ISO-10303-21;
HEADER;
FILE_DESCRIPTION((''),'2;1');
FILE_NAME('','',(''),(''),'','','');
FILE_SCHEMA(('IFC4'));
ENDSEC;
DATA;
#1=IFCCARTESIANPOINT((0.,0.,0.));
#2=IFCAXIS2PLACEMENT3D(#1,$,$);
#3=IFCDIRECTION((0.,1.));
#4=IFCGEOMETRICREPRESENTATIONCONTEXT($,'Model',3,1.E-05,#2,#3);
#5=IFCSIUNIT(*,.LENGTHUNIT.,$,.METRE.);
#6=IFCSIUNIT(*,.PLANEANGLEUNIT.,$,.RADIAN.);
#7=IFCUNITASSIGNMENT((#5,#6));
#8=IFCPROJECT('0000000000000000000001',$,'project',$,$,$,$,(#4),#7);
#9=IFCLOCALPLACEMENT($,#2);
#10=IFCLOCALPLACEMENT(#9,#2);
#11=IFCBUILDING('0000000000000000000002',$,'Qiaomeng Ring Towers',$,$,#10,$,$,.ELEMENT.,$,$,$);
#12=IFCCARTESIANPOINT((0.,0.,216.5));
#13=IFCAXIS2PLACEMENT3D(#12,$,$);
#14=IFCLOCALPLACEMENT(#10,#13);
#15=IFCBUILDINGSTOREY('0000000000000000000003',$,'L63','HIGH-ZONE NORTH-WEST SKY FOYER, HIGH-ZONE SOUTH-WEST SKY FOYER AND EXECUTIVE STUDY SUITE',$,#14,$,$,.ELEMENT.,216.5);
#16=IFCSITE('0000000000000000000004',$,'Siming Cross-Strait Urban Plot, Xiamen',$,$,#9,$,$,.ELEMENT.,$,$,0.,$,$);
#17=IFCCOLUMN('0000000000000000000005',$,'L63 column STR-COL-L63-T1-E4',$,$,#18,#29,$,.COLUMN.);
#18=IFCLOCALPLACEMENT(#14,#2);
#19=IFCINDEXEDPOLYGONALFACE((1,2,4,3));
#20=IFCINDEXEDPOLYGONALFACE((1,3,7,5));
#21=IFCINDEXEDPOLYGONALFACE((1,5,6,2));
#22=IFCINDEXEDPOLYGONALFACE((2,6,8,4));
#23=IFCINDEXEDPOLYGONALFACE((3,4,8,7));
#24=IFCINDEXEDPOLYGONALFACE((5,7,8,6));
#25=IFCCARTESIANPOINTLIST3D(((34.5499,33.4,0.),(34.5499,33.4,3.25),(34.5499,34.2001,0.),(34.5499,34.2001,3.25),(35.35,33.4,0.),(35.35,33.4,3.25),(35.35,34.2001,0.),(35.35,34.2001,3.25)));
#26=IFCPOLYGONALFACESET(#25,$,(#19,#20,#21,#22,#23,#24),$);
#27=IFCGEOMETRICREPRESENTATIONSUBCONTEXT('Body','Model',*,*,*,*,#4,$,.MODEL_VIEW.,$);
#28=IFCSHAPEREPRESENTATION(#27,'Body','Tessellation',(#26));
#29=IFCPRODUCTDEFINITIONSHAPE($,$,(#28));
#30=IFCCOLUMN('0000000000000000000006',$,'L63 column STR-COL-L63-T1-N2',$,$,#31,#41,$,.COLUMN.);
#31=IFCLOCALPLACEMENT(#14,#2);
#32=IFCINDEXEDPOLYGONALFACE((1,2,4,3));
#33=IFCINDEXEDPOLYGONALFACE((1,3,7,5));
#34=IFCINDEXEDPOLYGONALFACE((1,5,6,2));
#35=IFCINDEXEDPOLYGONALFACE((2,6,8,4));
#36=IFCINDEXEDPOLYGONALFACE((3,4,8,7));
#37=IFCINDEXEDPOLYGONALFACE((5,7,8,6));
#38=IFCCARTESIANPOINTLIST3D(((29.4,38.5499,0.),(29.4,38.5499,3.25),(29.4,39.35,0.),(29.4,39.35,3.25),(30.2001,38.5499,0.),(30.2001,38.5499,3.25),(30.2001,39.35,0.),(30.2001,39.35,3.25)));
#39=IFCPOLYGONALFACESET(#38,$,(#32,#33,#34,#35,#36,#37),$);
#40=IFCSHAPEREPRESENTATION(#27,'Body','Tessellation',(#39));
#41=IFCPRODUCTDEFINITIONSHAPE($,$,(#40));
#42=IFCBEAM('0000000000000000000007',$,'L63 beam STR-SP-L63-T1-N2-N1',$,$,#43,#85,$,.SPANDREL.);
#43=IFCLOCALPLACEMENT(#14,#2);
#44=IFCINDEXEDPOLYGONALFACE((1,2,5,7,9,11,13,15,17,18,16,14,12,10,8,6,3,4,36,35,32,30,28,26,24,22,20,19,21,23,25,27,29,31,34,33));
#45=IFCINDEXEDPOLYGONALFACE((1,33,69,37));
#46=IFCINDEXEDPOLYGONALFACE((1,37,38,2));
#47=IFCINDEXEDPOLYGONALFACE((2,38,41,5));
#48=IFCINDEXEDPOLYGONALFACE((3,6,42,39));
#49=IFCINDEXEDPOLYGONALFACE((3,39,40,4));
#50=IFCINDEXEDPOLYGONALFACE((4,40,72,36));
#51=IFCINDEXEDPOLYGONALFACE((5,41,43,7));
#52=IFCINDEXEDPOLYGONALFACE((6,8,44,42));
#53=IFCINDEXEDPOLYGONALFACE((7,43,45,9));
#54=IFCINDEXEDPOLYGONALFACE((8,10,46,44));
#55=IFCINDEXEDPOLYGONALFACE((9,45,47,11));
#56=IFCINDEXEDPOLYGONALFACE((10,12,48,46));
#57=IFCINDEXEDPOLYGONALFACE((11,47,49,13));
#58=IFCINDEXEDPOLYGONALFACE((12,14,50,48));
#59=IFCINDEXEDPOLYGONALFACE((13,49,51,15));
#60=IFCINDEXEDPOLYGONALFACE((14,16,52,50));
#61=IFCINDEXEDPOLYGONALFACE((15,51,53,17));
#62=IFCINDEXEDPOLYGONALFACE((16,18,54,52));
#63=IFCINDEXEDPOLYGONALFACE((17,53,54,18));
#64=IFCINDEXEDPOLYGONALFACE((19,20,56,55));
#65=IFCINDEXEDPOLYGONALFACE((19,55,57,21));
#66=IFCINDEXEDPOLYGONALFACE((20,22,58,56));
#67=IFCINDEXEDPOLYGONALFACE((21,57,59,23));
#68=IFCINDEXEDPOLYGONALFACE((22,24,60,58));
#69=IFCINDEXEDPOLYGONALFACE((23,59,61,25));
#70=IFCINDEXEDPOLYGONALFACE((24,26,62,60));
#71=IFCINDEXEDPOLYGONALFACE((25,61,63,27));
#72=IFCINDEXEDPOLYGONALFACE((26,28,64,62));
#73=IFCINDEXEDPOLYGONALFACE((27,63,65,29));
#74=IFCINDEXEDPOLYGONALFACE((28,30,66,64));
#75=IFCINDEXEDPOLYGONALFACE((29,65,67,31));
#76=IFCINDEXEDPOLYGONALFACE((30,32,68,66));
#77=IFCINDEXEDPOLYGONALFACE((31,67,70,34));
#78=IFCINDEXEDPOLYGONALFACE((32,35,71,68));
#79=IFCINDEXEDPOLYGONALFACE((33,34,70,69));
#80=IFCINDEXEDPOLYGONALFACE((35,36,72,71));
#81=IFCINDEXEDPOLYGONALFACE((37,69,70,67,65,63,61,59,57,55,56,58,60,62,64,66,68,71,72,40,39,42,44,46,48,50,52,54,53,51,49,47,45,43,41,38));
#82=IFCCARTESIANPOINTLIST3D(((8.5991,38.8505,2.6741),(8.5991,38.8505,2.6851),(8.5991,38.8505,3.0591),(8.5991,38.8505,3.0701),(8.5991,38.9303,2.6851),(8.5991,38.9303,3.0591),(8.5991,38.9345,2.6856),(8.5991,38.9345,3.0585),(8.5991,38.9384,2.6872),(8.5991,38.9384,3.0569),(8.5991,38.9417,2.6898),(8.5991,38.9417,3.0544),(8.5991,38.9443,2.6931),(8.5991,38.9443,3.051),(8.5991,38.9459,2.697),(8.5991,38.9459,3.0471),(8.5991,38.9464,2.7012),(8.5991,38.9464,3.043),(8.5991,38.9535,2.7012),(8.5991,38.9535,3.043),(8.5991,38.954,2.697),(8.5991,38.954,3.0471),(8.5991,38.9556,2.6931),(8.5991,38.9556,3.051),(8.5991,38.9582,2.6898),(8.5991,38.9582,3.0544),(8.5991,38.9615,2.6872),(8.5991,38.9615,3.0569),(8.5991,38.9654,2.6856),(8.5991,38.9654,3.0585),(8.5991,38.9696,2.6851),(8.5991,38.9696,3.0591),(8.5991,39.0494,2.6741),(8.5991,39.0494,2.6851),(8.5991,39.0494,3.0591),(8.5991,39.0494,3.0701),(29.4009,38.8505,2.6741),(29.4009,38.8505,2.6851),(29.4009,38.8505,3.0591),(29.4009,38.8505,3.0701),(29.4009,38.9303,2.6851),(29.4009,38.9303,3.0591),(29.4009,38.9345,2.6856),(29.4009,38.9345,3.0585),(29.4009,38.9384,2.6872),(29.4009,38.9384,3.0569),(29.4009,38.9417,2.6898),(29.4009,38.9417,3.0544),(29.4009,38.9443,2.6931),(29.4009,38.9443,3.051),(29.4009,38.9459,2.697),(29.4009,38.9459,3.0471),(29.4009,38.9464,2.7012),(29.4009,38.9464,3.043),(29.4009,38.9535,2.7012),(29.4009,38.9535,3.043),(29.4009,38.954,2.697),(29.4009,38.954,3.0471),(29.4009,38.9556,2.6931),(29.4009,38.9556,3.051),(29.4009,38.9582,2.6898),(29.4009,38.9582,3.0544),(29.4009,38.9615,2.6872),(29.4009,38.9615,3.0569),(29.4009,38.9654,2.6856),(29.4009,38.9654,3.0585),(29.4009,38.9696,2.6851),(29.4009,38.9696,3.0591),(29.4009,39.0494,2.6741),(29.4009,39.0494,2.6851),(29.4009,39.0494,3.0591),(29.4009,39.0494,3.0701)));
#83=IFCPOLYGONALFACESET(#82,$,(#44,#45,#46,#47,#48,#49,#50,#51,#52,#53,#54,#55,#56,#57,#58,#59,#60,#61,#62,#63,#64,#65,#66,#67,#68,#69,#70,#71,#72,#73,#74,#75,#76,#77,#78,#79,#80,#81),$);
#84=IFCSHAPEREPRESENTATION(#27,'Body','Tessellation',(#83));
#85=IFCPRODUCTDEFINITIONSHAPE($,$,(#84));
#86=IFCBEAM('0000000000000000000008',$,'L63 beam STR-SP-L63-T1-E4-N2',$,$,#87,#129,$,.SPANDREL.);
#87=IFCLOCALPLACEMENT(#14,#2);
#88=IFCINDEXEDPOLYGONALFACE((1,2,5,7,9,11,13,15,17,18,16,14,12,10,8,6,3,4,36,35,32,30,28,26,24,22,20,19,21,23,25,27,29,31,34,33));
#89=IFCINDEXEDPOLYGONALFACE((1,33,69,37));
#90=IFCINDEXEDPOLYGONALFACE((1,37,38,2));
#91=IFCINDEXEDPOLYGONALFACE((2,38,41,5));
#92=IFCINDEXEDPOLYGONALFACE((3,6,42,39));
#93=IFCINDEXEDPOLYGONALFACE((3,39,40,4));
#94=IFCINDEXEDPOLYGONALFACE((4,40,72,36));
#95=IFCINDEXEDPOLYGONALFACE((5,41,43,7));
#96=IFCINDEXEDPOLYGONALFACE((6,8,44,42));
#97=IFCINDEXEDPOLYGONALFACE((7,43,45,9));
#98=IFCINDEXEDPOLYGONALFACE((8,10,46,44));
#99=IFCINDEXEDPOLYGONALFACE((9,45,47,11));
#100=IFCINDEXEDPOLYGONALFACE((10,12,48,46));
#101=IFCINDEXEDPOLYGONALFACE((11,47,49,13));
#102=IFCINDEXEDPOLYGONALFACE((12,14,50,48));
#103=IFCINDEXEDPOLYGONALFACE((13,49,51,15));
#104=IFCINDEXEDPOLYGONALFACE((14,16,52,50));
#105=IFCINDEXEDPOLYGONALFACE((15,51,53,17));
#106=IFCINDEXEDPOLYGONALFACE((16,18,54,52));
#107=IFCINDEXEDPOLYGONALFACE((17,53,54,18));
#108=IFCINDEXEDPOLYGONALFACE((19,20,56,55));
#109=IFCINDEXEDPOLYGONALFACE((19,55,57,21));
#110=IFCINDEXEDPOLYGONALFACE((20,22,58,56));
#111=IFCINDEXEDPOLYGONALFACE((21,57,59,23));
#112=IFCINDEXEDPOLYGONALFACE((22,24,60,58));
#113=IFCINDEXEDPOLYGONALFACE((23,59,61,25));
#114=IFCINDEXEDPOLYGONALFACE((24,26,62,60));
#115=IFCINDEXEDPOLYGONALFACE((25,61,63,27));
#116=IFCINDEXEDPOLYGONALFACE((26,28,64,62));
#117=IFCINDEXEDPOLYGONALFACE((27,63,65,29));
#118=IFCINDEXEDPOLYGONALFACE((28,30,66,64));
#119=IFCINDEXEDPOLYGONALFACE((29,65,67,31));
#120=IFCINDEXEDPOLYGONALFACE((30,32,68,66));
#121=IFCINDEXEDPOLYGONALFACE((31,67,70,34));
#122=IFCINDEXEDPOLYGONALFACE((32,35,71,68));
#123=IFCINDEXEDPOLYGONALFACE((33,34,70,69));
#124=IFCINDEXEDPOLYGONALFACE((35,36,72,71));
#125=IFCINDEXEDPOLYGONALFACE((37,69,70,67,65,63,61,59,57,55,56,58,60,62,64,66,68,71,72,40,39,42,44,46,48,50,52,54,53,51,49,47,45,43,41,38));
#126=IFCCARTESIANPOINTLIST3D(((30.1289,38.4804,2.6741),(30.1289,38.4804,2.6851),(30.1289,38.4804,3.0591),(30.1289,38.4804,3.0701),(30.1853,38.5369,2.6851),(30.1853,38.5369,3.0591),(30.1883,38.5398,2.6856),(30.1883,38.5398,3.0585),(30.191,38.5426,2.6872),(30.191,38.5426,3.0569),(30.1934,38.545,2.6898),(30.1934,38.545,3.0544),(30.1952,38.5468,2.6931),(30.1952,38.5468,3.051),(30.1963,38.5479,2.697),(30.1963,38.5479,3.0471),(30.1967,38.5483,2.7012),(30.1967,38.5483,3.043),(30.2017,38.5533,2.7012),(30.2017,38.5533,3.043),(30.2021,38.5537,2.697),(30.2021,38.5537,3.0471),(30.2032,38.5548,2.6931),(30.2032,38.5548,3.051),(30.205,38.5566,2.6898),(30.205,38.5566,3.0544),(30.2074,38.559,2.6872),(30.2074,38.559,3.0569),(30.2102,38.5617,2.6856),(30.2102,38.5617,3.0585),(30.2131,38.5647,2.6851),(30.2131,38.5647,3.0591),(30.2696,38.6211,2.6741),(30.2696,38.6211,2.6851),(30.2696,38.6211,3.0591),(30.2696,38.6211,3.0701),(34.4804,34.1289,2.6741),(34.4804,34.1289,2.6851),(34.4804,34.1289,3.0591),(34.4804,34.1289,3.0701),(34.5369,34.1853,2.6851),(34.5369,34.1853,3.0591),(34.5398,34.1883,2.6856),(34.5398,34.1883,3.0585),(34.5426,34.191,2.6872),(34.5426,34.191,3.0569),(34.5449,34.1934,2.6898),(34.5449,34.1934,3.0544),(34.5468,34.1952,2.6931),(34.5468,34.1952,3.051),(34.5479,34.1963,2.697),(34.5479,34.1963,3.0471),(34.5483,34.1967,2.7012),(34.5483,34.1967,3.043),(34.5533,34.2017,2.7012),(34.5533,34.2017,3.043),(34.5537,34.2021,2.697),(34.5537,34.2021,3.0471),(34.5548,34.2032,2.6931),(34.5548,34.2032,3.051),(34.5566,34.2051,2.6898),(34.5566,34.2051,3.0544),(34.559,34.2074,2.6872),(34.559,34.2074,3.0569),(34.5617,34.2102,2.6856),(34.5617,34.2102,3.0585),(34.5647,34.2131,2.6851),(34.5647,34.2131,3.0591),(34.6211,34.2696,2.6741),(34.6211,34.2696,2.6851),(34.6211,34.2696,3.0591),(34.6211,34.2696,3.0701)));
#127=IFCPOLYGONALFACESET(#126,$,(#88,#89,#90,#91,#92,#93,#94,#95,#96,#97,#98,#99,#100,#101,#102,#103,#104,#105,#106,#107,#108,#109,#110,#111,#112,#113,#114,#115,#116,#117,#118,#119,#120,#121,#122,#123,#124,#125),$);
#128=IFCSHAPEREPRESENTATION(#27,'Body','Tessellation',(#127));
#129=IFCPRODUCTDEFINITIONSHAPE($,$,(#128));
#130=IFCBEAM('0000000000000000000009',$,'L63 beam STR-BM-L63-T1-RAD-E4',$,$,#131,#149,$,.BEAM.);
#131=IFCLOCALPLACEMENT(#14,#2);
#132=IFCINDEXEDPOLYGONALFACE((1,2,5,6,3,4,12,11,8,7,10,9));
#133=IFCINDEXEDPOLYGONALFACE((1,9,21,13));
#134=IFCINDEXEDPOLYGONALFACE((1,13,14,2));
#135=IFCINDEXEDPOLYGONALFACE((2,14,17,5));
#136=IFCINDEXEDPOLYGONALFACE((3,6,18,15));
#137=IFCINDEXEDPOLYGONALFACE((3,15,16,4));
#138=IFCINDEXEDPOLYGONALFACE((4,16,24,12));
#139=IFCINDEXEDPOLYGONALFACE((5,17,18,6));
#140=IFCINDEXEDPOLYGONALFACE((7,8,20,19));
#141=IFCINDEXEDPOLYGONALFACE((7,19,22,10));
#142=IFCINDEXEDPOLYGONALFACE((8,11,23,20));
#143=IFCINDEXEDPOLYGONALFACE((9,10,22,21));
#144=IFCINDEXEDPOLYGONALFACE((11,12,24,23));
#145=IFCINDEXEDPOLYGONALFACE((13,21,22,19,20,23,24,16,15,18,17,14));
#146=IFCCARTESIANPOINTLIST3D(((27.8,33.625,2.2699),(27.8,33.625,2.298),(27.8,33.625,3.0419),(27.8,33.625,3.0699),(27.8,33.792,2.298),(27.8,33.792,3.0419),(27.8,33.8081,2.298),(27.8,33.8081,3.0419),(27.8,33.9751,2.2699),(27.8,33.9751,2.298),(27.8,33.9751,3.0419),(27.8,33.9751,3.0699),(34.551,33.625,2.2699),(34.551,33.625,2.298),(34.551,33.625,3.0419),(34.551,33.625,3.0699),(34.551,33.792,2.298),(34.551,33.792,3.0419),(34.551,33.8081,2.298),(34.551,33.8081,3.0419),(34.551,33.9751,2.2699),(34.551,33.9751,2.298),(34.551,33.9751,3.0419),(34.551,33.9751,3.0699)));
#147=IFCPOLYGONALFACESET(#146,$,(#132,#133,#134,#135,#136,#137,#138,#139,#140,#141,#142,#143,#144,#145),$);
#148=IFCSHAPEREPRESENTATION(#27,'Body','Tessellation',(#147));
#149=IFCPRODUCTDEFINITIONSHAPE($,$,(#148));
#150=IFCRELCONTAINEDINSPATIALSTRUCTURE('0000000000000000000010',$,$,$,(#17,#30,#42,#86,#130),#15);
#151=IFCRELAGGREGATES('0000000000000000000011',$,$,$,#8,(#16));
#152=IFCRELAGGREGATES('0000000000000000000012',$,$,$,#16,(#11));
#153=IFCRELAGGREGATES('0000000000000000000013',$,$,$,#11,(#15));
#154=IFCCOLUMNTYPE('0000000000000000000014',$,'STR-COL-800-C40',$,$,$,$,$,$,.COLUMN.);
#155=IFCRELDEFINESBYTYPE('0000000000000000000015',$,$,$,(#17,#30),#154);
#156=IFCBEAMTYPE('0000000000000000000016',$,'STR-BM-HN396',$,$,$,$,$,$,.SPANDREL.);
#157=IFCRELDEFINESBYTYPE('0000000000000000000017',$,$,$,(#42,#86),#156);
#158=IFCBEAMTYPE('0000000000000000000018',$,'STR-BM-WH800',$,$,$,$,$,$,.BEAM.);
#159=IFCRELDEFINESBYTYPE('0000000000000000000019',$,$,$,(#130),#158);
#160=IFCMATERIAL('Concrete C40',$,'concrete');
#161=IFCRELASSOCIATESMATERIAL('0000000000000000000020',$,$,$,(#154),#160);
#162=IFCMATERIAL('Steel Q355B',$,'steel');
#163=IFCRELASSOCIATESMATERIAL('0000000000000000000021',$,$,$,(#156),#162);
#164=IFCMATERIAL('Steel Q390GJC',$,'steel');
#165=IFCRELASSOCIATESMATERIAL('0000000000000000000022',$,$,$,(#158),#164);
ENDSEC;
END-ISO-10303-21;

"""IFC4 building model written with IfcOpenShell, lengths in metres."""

from ifc_helpers import new_model, si_unit, direction, frame, origin, origin_2d, place, context, subcontext, project, spatial, rectangle, i_section, extrude, source, transform, mapped, material, material_profile, profile_set, type_object, element, save


model = new_model("IFC4")

# Units and contexts
model_context = context("Model", 3, precision=1e-05, world=origin(), true_north=direction((0.0, 1.0)))
body_context = subcontext(model_context, "Body", "Model", "MODEL_VIEW")
ifc_project = project(units=[si_unit("LENGTHUNIT", "METRE"), si_unit("PLANEANGLEUNIT", "RADIAN")], contexts=[model_context])

# Site, building, storey
site_placement = place(None, origin())
site = spatial("IfcSite", under=ifc_project, at=site_placement, Name="Siming Cross-Strait Urban Plot, Xiamen", CompositionType="ELEMENT", RefElevation=0.0)
building_placement = place(site_placement, origin())
building = spatial("IfcBuilding", under=site, at=building_placement, Name="Qiaomeng Ring Towers", CompositionType="ELEMENT")
storey_placement = place(building_placement, frame((0.0, 0.0, 216.5)))
storey = spatial("IfcBuildingStorey", under=building, at=storey_placement, Name="L63", Description="HIGH-ZONE NORTH-WEST SKY FOYER, HIGH-ZONE SOUTH-WEST SKY FOYER AND EXECUTIVE STUDY SUITE", CompositionType="ELEMENT", Elevation=216.5)

# Columns
ifc_material_1 = material(Name="Concrete C40", Category="concrete")
ifc_material_profile_1 = material_profile(ifc_material_1, rectangle(XDim=0.8, YDim=0.8, at=origin_2d()), Name="RC COL 800x800")
ifc_profile_set_1 = profile_set([ifc_material_profile_1], Name="Concrete C40")
column_type = type_object("IfcColumnType", Name="STR-COL-800-C40", PredefinedType="COLUMN", material=ifc_profile_set_1)
shared_shape_1 = source(origin(), body_context, "Body", "SweptSolid", [
    extrude(rectangle(XDim=0.8, YDim=0.8, at=origin_2d()), origin(), (0.0, 0.0, 1.0), 3.25),
])
for number, where, z_axis, x_axis, name in (
    (1, (34.95, 33.8, 0.0), (0.0, 0.0, 1.0), (1.0, 0.0, 0.0), "L63 column STR-COL-L63-T1-E4"),
    (2, (29.8, 38.95, 0.0), (0.0, 0.0, 1.0), (1.0, 0.0, 0.0), "L63 column STR-COL-L63-T1-N2"),
):
    element("IfcColumn", number, at=place(storey_placement, frame(where, z_axis=z_axis, x_axis=x_axis)), inside=storey, type_object=column_type, Name=name, PredefinedType="COLUMN", context=body_context, shape_type="MappedRepresentation", body=[
        mapped(shared_shape_1, transform((0.0, 0.0, 0.0), x_axis=(1.0, 0.0, 0.0), y_axis=(0.0, 1.0, 0.0), z_axis=(0.0, 0.0, 1.0), scale=1.0)),
    ])

# Beams
ifc_material_2 = material(Name="Steel Q355B", Category="steel")
ifc_material_profile_2 = material_profile(ifc_material_2, i_section(OverallWidth=0.199, OverallDepth=0.396, WebThickness=0.0071, FlangeThickness=0.011, FilletRadius=0.0161, at=origin_2d()), Name="HN 396x199x7x11")
ifc_profile_set_2 = profile_set([ifc_material_profile_2], Name="Steel Q355B")
beam_type_1 = type_object("IfcBeamType", Name="STR-BM-HN396", PredefinedType="SPANDREL", material=ifc_profile_set_2)
shared_shape_2 = source(origin(), body_context, "Body", "SweptSolid", [
    extrude(i_section(OverallWidth=0.199, OverallDepth=0.396, WebThickness=0.0071, FlangeThickness=0.011, FilletRadius=0.0161, at=origin_2d()), origin(), (0.0, 0.0, 1.0), 20.8018),
])
beam_1_placement = place(storey_placement, frame((29.4009, 38.95, 2.8721), z_axis=(-1.0, 0.0, 0.0), x_axis=(0.0, -1.0, 0.0)))
element("IfcBeam", 3, at=beam_1_placement, inside=storey, type_object=beam_type_1, Name="L63 beam STR-SP-L63-T1-N2-N1", PredefinedType="SPANDREL", context=body_context, shape_type="MappedRepresentation", body=[
    mapped(shared_shape_2, transform((0.0, 0.0, 0.0), x_axis=(1.0, 0.0, 0.0), y_axis=(0.0, 1.0, 0.0), z_axis=(0.0, 0.0, 1.0), scale=1.0)),
])
shared_shape_3 = source(origin(), body_context, "Body", "SweptSolid", [
    extrude(i_section(OverallWidth=0.199, OverallDepth=0.396, WebThickness=0.0071, FlangeThickness=0.011, FilletRadius=0.0161, at=origin_2d()), origin(), (0.0, 0.0, 1.0), 6.1541),
])
beam_2_placement = place(storey_placement, frame((34.5508, 34.1992, 2.8721), z_axis=(-0.707107, 0.707107, 0.0), x_axis=(-0.707107, -0.707107, 0.0)))
element("IfcBeam", 4, at=beam_2_placement, inside=storey, type_object=beam_type_1, Name="L63 beam STR-SP-L63-T1-E4-N2", PredefinedType="SPANDREL", context=body_context, shape_type="MappedRepresentation", body=[
    mapped(shared_shape_3, transform((0.0, 0.0, 0.0), x_axis=(1.0, 0.0, 0.0), y_axis=(0.0, 1.0, 0.0), z_axis=(0.0, 0.0, 1.0), scale=1.0)),
])
ifc_material_3 = material(Name="Steel Q390GJC", Category="steel")
ifc_material_profile_3 = material_profile(ifc_material_3, i_section(OverallWidth=0.3501, OverallDepth=0.8, WebThickness=0.0161, FlangeThickness=0.0281, at=origin_2d()), Name="WH 800x350x16x28")
ifc_profile_set_3 = profile_set([ifc_material_profile_3], Name="Steel Q390GJC")
beam_type_2 = type_object("IfcBeamType", Name="STR-BM-WH800", PredefinedType="BEAM", material=ifc_profile_set_3)
shared_shape_4 = source(origin(), body_context, "Body", "SweptSolid", [
    extrude(i_section(OverallWidth=0.3501, OverallDepth=0.8, WebThickness=0.0161, FlangeThickness=0.0281, at=origin_2d()), origin(), (0.0, 0.0, 1.0), 6.751),
])
beam_3_placement = place(storey_placement, frame((27.8, 33.8, 2.6699), z_axis=(1.0, 0.0, 0.0), x_axis=(0.0, 1.0, 0.0)))
element("IfcBeam", 5, at=beam_3_placement, inside=storey, type_object=beam_type_2, Name="L63 beam STR-BM-L63-T1-RAD-E4", PredefinedType="BEAM", context=body_context, shape_type="MappedRepresentation", body=[
    mapped(shared_shape_4, transform((0.0, 0.0, 0.0), x_axis=(1.0, 0.0, 0.0), y_axis=(0.0, 1.0, 0.0), z_axis=(0.0, 0.0, 1.0), scale=1.0)),
])

save(model, "model.ifc")
